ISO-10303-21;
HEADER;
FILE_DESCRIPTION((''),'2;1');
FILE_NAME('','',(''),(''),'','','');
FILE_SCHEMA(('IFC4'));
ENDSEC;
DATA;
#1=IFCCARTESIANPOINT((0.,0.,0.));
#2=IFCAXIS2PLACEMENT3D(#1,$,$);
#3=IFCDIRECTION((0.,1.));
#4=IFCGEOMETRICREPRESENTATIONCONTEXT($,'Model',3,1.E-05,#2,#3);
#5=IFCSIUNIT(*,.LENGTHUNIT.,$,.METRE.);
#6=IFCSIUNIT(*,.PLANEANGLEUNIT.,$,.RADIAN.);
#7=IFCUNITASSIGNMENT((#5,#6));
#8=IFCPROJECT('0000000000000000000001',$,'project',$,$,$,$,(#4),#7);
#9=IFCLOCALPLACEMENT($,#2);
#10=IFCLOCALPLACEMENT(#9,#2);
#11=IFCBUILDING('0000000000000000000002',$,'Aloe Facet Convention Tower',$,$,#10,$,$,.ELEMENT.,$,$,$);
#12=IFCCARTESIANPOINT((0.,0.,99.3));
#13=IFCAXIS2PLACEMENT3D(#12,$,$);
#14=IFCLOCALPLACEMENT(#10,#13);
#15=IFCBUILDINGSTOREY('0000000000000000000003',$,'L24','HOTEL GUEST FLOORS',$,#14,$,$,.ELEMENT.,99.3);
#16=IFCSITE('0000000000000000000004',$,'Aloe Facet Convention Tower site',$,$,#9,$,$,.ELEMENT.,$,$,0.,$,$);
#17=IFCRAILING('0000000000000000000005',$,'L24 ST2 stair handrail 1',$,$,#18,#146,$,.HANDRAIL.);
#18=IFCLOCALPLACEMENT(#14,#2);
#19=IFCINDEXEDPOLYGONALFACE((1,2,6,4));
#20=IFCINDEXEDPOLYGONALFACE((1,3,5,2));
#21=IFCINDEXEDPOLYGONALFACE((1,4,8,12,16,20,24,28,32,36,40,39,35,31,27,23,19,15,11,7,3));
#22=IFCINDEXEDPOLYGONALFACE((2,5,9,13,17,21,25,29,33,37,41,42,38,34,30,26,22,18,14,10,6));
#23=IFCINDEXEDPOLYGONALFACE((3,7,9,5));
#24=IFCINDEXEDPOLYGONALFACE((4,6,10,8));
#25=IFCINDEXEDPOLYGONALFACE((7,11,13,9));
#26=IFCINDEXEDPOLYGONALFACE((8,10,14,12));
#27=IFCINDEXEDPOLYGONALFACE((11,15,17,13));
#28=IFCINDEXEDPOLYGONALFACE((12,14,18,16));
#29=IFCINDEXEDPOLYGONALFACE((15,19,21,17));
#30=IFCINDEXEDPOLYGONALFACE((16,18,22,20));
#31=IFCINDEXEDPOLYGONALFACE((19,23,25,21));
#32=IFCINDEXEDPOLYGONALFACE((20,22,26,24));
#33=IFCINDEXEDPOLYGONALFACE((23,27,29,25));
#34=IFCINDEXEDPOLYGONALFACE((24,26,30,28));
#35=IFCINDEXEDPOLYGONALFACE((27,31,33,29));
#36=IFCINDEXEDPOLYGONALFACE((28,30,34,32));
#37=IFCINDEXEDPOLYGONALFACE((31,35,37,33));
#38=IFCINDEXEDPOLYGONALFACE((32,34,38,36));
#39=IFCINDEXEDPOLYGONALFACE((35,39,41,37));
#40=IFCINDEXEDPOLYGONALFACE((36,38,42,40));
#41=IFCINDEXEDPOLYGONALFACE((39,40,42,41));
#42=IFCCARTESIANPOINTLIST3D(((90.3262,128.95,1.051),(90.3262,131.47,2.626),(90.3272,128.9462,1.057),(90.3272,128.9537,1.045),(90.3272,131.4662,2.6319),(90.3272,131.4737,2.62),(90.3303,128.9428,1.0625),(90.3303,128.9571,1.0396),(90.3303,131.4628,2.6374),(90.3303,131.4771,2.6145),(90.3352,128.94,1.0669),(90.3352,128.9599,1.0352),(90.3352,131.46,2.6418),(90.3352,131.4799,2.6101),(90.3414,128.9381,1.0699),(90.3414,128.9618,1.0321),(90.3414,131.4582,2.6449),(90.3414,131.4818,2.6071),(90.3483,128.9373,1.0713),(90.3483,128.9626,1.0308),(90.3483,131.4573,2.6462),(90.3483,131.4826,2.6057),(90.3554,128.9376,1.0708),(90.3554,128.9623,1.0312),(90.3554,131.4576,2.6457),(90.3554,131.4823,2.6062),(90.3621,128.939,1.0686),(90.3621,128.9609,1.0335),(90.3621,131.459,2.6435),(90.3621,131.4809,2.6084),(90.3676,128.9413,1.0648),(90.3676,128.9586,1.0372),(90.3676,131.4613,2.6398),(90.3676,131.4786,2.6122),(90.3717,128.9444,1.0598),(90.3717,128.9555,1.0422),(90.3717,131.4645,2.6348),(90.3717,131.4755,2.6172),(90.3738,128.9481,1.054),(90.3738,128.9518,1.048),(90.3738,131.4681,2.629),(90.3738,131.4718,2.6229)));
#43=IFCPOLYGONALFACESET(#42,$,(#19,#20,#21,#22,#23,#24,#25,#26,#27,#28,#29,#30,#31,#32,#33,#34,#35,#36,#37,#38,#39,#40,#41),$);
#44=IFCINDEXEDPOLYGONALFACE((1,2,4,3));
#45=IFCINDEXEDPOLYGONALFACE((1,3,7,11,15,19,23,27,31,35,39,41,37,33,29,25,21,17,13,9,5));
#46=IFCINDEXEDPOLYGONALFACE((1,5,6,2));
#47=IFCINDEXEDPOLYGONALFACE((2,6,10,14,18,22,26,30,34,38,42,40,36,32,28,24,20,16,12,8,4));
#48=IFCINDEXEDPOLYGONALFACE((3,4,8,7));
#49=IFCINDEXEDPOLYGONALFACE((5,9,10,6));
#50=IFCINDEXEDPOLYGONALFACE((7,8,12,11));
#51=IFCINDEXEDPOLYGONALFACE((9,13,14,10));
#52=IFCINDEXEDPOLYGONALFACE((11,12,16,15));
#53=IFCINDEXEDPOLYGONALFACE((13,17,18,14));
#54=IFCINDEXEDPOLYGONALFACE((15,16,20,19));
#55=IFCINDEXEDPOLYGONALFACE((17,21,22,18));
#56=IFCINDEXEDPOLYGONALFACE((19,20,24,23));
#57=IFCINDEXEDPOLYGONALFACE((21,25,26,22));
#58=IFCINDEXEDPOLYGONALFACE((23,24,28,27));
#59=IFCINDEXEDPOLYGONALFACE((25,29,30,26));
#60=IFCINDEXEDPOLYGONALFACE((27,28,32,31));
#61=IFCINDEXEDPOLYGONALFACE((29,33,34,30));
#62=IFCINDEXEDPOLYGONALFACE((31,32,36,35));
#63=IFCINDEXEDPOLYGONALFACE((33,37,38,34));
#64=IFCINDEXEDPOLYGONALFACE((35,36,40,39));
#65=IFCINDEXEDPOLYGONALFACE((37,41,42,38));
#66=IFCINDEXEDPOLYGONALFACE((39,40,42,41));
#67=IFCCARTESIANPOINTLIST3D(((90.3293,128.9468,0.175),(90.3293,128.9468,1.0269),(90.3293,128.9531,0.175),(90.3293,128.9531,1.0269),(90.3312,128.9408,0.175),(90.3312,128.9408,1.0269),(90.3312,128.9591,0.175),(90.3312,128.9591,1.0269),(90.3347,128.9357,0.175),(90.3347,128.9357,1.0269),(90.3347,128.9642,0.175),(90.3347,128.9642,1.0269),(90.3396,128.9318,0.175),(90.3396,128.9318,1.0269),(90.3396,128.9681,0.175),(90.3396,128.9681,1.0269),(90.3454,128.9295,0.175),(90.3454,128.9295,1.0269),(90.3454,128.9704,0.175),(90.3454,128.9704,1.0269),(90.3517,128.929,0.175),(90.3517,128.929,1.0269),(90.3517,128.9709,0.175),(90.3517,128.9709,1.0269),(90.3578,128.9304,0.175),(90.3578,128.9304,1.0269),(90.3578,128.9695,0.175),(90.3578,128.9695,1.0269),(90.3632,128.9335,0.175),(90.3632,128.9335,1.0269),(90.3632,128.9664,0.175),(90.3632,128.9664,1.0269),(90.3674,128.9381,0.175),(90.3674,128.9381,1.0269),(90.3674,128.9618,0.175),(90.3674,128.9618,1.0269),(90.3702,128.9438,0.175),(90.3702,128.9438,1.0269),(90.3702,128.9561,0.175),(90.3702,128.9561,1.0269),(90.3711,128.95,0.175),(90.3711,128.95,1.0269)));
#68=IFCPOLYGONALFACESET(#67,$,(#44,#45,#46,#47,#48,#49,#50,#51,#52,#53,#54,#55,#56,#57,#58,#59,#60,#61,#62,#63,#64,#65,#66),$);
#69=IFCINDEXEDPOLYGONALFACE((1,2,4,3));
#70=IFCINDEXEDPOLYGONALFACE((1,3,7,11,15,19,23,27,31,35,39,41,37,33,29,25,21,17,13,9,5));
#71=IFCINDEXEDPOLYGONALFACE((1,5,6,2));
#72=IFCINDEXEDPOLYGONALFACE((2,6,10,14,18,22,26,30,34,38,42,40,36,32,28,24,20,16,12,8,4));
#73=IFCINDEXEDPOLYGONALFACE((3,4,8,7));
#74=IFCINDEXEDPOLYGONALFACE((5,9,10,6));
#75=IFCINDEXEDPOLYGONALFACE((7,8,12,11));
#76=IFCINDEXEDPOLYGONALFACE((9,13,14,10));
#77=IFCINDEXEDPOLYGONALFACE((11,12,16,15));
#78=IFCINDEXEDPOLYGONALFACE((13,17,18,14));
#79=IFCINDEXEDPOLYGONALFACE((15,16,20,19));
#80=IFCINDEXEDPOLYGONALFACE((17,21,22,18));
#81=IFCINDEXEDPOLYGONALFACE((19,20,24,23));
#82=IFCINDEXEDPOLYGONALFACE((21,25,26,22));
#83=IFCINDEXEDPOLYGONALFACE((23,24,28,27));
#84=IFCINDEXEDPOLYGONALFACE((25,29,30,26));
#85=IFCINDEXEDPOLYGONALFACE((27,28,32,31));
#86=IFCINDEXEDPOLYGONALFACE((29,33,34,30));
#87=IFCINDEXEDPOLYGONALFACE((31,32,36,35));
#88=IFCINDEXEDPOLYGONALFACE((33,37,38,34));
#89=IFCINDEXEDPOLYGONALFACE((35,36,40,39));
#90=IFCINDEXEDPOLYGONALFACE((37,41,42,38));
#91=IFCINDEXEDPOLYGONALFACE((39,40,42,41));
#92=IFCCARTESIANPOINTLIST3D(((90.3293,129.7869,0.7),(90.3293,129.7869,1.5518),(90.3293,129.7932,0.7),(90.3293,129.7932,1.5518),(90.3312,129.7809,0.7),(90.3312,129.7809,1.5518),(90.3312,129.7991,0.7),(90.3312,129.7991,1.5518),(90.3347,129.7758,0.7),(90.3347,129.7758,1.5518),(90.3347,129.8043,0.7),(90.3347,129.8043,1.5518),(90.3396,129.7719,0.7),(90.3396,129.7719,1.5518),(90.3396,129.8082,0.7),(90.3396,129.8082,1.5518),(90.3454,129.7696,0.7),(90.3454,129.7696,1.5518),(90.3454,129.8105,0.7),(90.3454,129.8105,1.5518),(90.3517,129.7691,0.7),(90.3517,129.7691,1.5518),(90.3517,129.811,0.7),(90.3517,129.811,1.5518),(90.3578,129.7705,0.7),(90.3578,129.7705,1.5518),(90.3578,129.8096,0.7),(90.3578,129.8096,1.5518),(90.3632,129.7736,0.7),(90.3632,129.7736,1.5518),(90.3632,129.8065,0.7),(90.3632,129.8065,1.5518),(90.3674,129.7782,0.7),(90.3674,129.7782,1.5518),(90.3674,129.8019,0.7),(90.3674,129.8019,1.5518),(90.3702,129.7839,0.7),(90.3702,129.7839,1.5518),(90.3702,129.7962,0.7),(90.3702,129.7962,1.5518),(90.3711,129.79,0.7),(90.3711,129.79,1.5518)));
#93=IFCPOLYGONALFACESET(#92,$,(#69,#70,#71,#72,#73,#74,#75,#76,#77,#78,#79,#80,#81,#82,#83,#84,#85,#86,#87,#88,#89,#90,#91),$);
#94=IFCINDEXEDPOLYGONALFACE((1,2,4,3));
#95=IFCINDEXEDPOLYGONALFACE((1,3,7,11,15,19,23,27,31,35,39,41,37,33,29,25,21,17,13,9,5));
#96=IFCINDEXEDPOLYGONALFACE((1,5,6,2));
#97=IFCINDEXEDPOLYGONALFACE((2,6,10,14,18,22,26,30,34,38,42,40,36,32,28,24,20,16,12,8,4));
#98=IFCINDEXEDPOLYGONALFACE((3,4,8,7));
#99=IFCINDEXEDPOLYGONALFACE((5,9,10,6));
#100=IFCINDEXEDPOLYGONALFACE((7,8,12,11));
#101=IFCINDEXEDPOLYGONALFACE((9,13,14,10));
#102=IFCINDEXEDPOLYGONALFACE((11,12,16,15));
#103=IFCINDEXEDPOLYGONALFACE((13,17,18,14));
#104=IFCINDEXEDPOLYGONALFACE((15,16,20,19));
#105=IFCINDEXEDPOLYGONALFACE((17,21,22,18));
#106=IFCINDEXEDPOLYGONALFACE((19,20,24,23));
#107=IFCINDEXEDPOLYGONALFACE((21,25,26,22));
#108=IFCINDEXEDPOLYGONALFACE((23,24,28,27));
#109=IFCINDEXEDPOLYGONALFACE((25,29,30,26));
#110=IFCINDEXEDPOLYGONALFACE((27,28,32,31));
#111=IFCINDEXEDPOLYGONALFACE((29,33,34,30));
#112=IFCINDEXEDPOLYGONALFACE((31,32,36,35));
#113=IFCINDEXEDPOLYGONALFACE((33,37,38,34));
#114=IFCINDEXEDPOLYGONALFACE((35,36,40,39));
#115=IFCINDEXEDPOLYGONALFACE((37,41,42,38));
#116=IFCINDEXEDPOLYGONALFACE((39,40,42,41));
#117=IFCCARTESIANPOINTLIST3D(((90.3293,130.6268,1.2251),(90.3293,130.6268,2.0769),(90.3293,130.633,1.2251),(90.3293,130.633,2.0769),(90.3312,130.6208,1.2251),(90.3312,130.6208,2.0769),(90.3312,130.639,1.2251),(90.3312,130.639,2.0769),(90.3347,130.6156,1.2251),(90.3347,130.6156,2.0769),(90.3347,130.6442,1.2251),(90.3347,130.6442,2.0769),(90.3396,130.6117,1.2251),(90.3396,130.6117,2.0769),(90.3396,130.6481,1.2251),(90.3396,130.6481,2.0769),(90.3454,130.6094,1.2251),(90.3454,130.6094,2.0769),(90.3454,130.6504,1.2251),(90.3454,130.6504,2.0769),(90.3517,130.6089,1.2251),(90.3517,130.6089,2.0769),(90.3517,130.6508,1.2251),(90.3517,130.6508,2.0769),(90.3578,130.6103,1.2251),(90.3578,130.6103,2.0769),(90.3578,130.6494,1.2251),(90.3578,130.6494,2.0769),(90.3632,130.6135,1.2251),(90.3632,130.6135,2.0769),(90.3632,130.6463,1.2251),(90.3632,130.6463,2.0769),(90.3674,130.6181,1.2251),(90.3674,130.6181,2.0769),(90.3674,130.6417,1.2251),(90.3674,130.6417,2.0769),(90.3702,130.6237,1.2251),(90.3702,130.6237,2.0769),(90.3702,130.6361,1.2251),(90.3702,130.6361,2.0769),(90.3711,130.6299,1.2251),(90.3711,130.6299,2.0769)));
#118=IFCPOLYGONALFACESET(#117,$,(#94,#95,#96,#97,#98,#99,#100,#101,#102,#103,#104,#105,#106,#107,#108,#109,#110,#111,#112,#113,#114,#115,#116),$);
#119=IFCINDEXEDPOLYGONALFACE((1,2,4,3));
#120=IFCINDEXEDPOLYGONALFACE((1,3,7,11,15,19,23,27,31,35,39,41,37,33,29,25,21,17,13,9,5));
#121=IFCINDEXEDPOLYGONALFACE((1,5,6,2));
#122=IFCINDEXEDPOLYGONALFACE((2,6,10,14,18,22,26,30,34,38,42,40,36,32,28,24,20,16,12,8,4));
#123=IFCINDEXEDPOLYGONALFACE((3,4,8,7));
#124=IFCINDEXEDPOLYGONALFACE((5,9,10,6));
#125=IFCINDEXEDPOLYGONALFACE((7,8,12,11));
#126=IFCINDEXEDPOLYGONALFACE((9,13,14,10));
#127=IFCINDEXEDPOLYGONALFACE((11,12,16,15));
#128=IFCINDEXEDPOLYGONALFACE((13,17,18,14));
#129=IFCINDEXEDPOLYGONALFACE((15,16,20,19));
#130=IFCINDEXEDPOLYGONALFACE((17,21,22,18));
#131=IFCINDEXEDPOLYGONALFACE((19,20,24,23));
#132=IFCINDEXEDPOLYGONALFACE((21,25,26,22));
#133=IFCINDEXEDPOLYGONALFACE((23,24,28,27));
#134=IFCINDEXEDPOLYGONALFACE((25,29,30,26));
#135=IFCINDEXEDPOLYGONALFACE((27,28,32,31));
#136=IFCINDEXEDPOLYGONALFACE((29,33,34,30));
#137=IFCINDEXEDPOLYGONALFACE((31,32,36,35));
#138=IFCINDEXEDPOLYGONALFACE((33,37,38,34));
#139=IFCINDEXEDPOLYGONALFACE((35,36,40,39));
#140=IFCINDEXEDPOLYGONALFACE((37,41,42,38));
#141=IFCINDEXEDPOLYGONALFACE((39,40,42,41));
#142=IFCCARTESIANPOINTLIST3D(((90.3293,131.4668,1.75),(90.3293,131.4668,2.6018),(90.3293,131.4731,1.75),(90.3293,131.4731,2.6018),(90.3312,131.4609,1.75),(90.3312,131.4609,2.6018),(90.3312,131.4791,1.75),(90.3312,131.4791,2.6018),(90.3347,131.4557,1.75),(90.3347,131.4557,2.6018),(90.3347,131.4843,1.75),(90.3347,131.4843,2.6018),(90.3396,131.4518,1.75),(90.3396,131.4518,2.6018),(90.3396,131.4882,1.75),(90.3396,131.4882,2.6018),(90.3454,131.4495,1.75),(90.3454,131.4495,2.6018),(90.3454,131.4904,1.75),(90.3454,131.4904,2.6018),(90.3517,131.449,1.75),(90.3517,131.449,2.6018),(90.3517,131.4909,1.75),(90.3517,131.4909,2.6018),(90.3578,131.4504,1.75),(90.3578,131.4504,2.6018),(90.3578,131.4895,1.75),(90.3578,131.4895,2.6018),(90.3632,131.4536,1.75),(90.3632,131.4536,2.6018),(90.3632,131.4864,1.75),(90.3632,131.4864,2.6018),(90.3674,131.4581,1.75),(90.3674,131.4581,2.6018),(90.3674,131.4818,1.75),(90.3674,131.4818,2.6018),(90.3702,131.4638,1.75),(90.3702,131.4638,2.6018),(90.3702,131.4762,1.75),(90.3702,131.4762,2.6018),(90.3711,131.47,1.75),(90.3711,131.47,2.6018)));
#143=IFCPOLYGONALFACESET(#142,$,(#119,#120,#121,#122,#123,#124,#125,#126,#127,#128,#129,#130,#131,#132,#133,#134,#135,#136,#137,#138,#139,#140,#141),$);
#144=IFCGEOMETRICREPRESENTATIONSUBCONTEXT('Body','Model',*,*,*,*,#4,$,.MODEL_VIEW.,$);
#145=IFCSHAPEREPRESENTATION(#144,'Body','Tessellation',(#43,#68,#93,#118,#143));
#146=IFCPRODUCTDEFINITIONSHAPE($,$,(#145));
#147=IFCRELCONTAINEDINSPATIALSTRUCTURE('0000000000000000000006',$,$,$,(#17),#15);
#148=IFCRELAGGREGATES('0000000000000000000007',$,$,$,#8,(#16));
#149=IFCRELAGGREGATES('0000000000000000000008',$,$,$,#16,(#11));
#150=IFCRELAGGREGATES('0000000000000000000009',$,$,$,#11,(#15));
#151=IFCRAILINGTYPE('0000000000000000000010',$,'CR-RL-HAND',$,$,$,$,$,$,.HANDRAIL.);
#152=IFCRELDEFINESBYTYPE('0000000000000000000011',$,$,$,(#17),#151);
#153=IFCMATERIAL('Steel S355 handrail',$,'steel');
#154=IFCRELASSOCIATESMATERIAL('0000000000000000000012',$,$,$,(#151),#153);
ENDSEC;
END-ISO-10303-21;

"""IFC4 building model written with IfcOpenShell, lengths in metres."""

from ifc_helpers import new_model, si_unit, direction, frame, origin, origin_2d, place, context, subcontext, project, spatial, circle, extrude, material, type_object, element, save


model = new_model("IFC4")

# Units and contexts
model_context = context("Model", 3, precision=1e-05, world=origin(), true_north=direction((0.0, 1.0)))
body_context = subcontext(model_context, "Body", "Model", "MODEL_VIEW")
ifc_project = project(units=[si_unit("LENGTHUNIT", "METRE"), si_unit("PLANEANGLEUNIT", "RADIAN")], contexts=[model_context])

# Site, building, storey
site_placement = place(None, origin())
site = spatial("IfcSite", under=ifc_project, at=site_placement, Name="Aloe Facet Convention Tower site", CompositionType="ELEMENT", RefElevation=0.0)
building_placement = place(site_placement, origin())
building = spatial("IfcBuilding", under=site, at=building_placement, Name="Aloe Facet Convention Tower", CompositionType="ELEMENT")
storey_placement = place(building_placement, frame((0.0, 0.0, 99.3)))
storey = spatial("IfcBuildingStorey", under=building, at=storey_placement, Name="L24", Description="HOTEL GUEST FLOORS", CompositionType="ELEMENT", Elevation=99.3)

# Railing
ifc_material_1 = material(Name="Steel S355 handrail", Category="steel")
railing_type_1 = type_object("IfcRailingType", Name="CR-RL-HAND", PredefinedType="HANDRAIL", material=ifc_material_1)
railing_1_placement = place(storey_placement, frame((90.3501, 128.95, 0.175)))
element("IfcRailing", 1, at=railing_1_placement, inside=storey, type_object=railing_type_1, Name="L24 ST2 stair handrail 1", PredefinedType="HANDRAIL", context=body_context, shape_type="SweptSolid", body=[
    extrude(circle(Radius=0.0239, at=origin_2d()), frame((0.0, 0.0, 0.876), z_axis=(0.0, 0.848008, 0.529984), x_axis=(-1.0, 0.0, 0.0)), (0.0, 0.0, 1.0), 2.9717),
    extrude(circle(Radius=0.021, at=origin_2d()), origin(), (0.0, 0.0, 1.0), 0.8518),
    extrude(circle(Radius=0.021, at=origin_2d()), frame((0.0, 0.8401, 0.5249)), (0.0, 0.0, 1.0), 0.8518),
    extrude(circle(Radius=0.021, at=origin_2d()), frame((0.0, 1.6799, 1.05)), (0.0, 0.0, 1.0), 0.8518),
    extrude(circle(Radius=0.021, at=origin_2d()), frame((0.0, 2.52, 1.575)), (0.0, 0.0, 1.0), 0.8518),
])

save(model, "model.ifc")
